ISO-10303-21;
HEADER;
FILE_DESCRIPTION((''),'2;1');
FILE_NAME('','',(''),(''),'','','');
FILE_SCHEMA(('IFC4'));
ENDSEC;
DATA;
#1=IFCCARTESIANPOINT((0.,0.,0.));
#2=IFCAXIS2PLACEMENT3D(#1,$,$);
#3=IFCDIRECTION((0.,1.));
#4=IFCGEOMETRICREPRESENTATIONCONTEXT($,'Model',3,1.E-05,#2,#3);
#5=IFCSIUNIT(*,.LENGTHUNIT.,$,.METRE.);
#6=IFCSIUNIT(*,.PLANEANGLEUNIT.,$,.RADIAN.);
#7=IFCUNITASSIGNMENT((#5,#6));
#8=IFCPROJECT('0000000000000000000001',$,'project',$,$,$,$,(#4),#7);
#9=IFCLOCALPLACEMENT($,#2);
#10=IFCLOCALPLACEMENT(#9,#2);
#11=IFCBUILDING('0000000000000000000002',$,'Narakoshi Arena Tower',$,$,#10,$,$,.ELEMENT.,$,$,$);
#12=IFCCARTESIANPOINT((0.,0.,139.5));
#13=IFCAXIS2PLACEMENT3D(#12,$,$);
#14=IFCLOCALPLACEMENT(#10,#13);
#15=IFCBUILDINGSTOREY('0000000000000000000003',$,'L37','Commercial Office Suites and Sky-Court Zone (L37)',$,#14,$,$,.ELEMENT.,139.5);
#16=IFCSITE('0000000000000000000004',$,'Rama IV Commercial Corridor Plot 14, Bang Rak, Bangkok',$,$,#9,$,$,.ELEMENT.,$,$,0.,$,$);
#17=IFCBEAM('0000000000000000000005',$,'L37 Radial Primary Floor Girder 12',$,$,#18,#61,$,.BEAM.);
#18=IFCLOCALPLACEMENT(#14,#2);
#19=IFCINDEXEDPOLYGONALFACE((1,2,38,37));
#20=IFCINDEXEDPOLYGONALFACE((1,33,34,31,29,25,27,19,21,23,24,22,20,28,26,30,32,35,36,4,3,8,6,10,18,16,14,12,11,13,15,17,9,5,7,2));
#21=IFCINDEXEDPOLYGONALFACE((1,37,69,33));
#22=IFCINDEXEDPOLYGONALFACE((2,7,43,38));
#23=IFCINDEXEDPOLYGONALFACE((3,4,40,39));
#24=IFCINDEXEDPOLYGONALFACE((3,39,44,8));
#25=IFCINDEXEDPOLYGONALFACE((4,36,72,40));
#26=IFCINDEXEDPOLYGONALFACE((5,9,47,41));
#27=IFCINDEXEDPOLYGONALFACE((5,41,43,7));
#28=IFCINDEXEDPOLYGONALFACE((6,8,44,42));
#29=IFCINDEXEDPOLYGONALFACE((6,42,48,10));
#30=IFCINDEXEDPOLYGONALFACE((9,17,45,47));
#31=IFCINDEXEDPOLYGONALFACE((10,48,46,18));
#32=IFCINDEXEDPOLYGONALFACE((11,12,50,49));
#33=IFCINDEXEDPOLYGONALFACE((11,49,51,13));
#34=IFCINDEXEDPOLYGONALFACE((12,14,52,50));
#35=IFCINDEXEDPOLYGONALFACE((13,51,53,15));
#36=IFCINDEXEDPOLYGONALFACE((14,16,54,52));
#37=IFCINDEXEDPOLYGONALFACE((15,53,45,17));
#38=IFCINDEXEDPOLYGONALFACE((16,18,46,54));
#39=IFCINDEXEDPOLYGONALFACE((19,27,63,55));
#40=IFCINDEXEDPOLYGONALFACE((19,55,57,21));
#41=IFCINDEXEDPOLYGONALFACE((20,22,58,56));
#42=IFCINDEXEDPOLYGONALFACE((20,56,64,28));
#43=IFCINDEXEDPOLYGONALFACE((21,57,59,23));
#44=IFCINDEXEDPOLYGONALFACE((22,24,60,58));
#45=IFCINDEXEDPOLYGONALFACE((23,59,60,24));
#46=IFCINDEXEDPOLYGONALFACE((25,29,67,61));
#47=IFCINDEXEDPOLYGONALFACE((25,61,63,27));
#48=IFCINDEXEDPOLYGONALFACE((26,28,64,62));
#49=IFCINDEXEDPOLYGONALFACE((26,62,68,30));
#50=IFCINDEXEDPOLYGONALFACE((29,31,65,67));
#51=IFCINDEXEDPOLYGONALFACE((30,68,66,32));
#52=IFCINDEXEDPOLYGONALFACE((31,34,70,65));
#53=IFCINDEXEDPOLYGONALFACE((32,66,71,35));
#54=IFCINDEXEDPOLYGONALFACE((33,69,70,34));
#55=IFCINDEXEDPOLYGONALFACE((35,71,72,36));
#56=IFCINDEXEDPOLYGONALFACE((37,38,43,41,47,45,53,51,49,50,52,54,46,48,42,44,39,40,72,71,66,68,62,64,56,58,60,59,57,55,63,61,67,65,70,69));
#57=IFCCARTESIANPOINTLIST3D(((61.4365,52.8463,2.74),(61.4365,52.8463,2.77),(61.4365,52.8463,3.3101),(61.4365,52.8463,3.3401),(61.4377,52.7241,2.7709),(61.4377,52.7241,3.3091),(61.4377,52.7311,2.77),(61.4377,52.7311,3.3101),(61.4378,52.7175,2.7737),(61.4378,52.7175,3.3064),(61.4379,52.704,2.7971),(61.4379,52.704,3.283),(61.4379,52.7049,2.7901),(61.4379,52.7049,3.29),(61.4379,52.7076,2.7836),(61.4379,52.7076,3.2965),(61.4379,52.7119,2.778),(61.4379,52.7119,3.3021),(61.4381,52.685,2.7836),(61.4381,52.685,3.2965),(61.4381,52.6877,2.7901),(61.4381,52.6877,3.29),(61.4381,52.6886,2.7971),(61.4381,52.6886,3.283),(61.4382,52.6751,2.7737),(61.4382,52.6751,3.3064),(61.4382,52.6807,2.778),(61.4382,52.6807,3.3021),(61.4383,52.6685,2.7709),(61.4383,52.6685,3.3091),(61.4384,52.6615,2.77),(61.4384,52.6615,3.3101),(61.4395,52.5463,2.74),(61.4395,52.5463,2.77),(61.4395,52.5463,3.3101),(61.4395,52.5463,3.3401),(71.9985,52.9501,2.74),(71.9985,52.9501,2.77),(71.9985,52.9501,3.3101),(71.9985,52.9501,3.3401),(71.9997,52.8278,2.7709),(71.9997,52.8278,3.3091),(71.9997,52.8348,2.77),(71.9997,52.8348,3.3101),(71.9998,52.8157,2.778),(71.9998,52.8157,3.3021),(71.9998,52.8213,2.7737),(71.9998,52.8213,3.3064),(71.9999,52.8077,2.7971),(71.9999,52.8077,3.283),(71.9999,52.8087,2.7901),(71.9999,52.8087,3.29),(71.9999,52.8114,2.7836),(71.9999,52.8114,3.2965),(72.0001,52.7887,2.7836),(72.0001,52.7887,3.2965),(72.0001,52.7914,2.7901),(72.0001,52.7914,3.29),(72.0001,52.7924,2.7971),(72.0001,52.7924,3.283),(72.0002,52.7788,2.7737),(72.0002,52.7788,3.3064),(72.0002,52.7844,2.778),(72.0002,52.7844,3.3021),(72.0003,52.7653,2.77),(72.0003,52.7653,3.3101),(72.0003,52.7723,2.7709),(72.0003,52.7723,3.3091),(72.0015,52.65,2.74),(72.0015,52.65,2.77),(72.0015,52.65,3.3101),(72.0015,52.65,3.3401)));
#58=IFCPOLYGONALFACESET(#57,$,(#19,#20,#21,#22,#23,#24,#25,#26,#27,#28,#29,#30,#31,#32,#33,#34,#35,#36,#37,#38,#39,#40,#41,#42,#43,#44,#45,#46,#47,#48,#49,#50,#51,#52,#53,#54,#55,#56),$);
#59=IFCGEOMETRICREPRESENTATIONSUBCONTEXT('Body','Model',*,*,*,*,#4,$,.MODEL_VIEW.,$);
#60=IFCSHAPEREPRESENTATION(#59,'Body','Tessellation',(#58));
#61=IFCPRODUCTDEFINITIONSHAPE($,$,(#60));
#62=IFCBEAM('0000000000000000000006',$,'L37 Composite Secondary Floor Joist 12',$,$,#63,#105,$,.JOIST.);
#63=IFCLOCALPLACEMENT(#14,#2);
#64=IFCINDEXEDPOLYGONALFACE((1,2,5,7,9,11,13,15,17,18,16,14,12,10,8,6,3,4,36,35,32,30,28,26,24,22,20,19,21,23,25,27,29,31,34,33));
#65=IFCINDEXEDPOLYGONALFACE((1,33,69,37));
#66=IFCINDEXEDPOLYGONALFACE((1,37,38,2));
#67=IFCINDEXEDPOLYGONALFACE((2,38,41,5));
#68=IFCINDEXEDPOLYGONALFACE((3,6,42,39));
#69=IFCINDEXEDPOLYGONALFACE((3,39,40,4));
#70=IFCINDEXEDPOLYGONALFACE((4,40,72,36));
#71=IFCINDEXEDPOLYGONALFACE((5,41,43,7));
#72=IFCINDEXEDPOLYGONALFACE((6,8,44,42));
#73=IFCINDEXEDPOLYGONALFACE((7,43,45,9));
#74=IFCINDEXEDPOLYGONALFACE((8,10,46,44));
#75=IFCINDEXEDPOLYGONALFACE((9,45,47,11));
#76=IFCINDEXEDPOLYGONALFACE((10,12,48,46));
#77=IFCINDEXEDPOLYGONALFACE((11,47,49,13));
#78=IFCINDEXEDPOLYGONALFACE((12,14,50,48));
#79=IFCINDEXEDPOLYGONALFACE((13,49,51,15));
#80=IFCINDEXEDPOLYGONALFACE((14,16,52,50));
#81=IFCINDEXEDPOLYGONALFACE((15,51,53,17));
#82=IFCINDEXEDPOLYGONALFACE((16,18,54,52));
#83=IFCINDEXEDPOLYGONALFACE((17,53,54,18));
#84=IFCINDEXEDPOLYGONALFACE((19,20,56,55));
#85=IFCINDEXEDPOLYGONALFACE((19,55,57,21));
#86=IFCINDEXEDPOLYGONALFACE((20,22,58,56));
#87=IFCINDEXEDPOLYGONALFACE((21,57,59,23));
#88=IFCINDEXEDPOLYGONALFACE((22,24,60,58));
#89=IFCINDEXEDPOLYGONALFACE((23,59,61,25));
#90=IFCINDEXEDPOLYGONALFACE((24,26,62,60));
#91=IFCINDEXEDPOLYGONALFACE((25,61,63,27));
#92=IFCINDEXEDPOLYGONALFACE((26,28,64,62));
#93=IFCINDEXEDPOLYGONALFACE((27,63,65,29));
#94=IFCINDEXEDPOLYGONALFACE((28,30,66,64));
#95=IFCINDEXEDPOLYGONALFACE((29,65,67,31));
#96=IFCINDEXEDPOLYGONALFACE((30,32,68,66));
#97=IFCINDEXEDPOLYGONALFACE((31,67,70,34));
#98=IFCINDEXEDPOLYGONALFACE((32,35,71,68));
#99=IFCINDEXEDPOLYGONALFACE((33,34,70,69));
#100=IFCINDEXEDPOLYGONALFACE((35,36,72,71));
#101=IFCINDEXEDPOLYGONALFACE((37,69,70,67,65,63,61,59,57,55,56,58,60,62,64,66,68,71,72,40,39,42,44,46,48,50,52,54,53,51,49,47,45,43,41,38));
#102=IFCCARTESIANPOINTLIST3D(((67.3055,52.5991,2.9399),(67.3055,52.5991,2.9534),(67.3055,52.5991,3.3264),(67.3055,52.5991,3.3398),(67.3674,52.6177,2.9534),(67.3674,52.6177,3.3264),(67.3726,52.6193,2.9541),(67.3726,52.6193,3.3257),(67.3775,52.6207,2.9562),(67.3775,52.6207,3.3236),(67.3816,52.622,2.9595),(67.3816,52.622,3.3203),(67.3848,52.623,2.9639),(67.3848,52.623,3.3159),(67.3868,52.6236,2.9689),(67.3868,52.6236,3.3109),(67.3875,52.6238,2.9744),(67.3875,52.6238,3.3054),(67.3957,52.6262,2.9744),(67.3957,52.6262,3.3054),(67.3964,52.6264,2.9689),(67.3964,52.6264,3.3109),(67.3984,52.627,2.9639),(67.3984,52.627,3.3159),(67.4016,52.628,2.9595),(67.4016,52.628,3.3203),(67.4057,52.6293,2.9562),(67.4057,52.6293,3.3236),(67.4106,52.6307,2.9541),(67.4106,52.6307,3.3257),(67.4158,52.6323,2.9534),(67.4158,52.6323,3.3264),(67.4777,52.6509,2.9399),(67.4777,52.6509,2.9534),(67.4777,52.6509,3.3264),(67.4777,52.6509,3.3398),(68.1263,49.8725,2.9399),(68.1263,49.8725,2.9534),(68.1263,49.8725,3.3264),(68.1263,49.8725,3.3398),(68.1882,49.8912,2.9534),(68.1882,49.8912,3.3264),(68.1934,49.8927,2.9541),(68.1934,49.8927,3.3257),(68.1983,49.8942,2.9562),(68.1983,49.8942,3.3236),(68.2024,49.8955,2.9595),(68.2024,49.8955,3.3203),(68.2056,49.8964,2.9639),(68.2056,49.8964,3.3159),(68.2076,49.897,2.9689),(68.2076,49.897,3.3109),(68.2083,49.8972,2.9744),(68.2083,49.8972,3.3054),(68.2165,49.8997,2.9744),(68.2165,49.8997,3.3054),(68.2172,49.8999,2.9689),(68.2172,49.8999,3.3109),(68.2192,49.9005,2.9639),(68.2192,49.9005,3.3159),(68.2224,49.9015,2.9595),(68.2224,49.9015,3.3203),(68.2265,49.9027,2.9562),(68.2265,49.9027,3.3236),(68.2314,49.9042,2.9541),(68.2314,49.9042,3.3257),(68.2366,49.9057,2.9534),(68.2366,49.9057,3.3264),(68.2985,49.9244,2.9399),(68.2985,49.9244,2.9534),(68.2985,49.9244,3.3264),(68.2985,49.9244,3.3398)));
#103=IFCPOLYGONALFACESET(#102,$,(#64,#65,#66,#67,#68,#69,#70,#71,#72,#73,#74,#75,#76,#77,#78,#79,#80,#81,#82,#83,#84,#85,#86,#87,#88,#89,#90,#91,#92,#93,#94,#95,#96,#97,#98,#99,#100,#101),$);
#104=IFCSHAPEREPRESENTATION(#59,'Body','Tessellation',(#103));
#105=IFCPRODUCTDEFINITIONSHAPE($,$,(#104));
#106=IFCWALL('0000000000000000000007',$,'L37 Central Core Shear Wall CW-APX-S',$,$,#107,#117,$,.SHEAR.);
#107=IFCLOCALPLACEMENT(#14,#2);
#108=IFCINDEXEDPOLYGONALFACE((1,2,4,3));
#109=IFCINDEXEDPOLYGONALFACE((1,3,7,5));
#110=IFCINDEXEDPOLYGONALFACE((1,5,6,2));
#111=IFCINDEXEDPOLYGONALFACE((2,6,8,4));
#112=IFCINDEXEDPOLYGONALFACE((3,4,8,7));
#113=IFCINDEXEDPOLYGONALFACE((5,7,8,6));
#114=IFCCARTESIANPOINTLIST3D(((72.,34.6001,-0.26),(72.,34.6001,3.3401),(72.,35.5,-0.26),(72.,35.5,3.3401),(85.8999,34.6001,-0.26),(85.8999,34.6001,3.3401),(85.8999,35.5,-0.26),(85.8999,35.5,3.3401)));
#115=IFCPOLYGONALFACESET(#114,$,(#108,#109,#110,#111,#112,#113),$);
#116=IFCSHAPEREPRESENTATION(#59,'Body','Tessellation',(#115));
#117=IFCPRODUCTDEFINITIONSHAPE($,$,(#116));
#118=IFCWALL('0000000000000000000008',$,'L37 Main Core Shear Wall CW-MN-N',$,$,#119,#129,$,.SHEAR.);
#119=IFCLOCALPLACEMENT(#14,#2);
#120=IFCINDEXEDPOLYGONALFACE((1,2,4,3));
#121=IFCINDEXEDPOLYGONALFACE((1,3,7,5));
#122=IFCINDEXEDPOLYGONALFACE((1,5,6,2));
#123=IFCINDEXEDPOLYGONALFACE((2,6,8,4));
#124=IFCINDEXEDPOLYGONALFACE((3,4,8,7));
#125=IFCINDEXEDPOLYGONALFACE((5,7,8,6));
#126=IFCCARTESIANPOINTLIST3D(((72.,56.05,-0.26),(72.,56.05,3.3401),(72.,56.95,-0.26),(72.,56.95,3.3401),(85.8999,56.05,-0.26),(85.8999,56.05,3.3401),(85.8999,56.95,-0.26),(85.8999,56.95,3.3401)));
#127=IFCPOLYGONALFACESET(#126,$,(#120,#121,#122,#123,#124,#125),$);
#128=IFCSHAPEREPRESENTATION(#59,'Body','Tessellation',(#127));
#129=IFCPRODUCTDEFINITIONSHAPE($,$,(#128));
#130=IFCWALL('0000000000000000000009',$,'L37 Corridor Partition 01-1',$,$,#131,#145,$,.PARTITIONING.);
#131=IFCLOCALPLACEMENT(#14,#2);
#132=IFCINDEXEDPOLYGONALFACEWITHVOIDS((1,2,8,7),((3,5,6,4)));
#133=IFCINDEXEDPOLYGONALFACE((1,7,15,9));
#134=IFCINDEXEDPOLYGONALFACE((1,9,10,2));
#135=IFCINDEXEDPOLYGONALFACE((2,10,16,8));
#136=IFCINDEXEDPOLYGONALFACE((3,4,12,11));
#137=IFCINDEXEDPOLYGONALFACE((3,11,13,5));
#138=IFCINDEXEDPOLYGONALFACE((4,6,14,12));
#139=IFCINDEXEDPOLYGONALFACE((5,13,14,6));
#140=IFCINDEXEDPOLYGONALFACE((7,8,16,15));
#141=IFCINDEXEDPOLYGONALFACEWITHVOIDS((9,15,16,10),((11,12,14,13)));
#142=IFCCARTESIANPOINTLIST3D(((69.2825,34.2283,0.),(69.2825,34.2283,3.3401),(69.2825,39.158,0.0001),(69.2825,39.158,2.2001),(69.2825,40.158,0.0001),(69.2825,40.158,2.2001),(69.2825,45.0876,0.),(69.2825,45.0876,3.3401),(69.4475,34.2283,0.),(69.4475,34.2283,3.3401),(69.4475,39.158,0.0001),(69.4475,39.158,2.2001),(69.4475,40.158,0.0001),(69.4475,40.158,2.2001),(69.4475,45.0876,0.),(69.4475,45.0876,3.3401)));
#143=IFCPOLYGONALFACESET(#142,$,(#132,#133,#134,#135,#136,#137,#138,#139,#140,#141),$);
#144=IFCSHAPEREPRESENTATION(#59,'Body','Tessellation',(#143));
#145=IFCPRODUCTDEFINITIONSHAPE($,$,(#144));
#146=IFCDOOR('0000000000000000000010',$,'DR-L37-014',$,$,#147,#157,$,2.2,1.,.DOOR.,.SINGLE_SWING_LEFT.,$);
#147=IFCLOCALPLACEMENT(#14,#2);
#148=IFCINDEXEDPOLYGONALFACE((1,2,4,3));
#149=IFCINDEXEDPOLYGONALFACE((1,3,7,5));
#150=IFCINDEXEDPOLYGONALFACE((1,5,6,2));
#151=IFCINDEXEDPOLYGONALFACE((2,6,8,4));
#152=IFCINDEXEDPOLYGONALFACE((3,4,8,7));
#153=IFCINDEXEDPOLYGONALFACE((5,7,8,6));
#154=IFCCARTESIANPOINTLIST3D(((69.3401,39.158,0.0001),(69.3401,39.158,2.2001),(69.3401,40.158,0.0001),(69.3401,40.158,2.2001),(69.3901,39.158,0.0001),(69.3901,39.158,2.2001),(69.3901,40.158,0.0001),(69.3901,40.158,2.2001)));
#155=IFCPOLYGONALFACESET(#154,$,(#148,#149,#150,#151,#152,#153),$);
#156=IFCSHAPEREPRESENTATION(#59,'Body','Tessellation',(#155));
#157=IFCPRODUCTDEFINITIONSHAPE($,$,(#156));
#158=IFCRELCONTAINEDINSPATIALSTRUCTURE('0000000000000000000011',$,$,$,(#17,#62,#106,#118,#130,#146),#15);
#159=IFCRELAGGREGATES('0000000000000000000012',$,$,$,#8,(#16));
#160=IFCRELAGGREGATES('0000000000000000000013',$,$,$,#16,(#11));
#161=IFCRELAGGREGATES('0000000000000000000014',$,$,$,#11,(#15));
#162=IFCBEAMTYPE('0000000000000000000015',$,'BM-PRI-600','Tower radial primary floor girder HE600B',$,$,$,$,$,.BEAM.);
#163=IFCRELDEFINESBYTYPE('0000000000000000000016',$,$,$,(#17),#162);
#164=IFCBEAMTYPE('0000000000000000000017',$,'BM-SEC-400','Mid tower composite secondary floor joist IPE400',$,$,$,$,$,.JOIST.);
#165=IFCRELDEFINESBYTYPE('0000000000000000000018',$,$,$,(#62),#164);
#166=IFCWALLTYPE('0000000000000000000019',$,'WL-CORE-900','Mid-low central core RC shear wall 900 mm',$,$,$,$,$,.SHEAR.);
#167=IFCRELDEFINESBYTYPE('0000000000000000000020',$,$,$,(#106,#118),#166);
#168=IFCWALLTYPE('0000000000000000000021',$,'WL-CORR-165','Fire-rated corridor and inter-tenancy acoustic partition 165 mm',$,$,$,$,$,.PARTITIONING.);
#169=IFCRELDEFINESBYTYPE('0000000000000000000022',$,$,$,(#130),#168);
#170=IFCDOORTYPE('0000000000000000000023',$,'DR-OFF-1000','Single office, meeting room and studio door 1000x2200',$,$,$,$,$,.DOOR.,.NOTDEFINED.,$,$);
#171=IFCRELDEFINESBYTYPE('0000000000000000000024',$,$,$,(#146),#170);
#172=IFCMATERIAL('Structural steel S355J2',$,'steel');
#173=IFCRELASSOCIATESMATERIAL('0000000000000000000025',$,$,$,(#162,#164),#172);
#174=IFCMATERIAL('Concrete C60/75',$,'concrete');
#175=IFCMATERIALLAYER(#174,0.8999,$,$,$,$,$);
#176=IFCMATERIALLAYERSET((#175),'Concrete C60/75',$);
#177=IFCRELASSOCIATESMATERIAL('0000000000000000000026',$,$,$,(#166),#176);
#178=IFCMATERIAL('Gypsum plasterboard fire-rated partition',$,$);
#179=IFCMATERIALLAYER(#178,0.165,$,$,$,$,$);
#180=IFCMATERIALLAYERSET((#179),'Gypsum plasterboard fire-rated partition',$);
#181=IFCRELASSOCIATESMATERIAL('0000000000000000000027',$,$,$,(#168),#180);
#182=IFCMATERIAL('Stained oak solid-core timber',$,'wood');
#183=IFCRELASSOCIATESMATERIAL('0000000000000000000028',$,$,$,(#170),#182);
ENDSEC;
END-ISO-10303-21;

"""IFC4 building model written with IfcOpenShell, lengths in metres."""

from ifc_helpers import new_model, si_unit, direction, frame, frame_2d, origin, origin_2d, place, context, subcontext, project, spatial, rectangle, i_section, extrude, material, layer, layer_set, material_profile, profile_set, type_object, element, fill, save


model = new_model("IFC4")

# Units and contexts
model_context = context("Model", 3, precision=1e-05, world=origin(), true_north=direction((0.0, 1.0)))
body_context = subcontext(model_context, "Body", "Model", "MODEL_VIEW")
ifc_project = project(units=[si_unit("LENGTHUNIT", "METRE"), si_unit("PLANEANGLEUNIT", "RADIAN")], contexts=[model_context])

# Site, building, storey
site_placement = place(None, origin())
site = spatial("IfcSite", under=ifc_project, at=site_placement, Name="Rama IV Commercial Corridor Plot 14, Bang Rak, Bangkok", CompositionType="ELEMENT", RefElevation=0.0)
building_placement = place(site_placement, origin())
building = spatial("IfcBuilding", under=site, at=building_placement, Name="Narakoshi Arena Tower", CompositionType="ELEMENT")
storey_placement = place(building_placement, frame((0.0, 0.0, 139.5)))
storey = spatial("IfcBuildingStorey", under=building, at=storey_placement, Name="L37", Description="Commercial Office Suites and Sky-Court Zone (L37)", CompositionType="ELEMENT", Elevation=139.5)

# Shared definitions
ifc_material_1 = material(Name="Concrete C60/75", Category="concrete")

# Beams
ifc_material_2 = material(Name="Structural steel S355J2", Category="steel")
ifc_material_profile_1 = material_profile(ifc_material_2, i_section(OverallWidth=0.3, OverallDepth=0.6001, WebThickness=0.0154, FlangeThickness=0.03, FilletRadius=0.0271, at=origin_2d()), Name="HE600B")
ifc_profile_set_1 = profile_set([ifc_material_profile_1], Name="Structural steel S355J2")
beam_type_1 = type_object("IfcBeamType", Name="BM-PRI-600", Description="Tower radial primary floor girder HE600B", PredefinedType="BEAM", material=ifc_profile_set_1)
beam_1_placement = place(storey_placement, frame((72.0, 52.8, 3.04), z_axis=(-0.999952, -0.009823, 0.0), x_axis=(0.009823, -0.999952, 0.0)))
element("IfcBeam", 1, at=beam_1_placement, inside=storey, type_object=beam_type_1, Name="L37 Radial Primary Floor Girder 12", PredefinedType="BEAM", context=body_context, shape_type="SweptSolid", body=[
    extrude(i_section(OverallWidth=0.3, OverallDepth=0.6001, WebThickness=0.0154, FlangeThickness=0.03, FilletRadius=0.0271, at=origin_2d()), origin(), (0.0, 0.0, 1.0), 10.5625),
])
ifc_material_profile_2 = material_profile(ifc_material_2, i_section(OverallWidth=0.1799, OverallDepth=0.3999, WebThickness=0.0085, FlangeThickness=0.0134, FilletRadius=0.021, at=origin_2d()), Name="IPE400")
ifc_profile_set_2 = profile_set([ifc_material_profile_2], Name="Structural steel S355J2")
beam_type_2 = type_object("IfcBeamType", Name="BM-SEC-400", Description="Mid tower composite secondary floor joist IPE400", PredefinedType="JOIST", material=ifc_profile_set_2)
beam_2_placement = place(storey_placement, frame((67.3916, 52.625, 3.1399), z_axis=(0.28826, -0.957552, 0.0), x_axis=(0.957552, 0.28826, 0.0)))
element("IfcBeam", 2, at=beam_2_placement, inside=storey, type_object=beam_type_2, Name="L37 Composite Secondary Floor Joist 12", PredefinedType="JOIST", context=body_context, shape_type="SweptSolid", body=[
    extrude(i_section(OverallWidth=0.1799, OverallDepth=0.3999, WebThickness=0.0085, FlangeThickness=0.0134, FilletRadius=0.021, at=origin_2d()), origin(), (0.0, 0.0, 1.0), 2.8474),
])

# Walls
ifc_layer_1 = layer(ifc_material_1, 0.8999)
ifc_layer_set_1 = layer_set([ifc_layer_1], Name="Concrete C60/75")
wall_type_1 = type_object("IfcWallType", Name="WL-CORE-900", Description="Mid-low central core RC shear wall 900 mm", PredefinedType="SHEAR", material=ifc_layer_set_1)
for number, where, z_axis, x_axis, name in (
    (3, (72.0, 35.05, -0.26), (0.0, 0.0, 1.0), (1.0, 0.0, 0.0), "L37 Central Core Shear Wall CW-APX-S"),
    (4, (72.0, 56.5, -0.26), (0.0, 0.0, 1.0), (1.0, 0.0, 0.0), "L37 Main Core Shear Wall CW-MN-N"),
):
    element("IfcWall", number, at=place(storey_placement, frame(where, z_axis=z_axis, x_axis=x_axis)), inside=storey, type_object=wall_type_1, Name=name, PredefinedType="SHEAR", context=body_context, shape_type="SweptSolid", body=[
        extrude(rectangle(XDim=13.8999, YDim=0.8999, at=frame_2d((6.95, 0.0))), origin(), (0.0, 0.0, 1.0), 3.6001),
    ])

# Wall, opening, door
ifc_material_3 = material(Name="Gypsum plasterboard fire-rated partition")
ifc_layer_2 = layer(ifc_material_3, 0.165)
ifc_layer_set_2 = layer_set([ifc_layer_2], Name="Gypsum plasterboard fire-rated partition")
wall_type_2 = type_object("IfcWallType", Name="WL-CORR-165", Description="Fire-rated corridor and inter-tenancy acoustic partition 165 mm", PredefinedType="PARTITIONING", material=ifc_layer_set_2)
wall_1_placement = place(storey_placement, frame((69.365, 45.0876, 0.0), z_axis=(0.0, 0.0, 1.0), x_axis=(0.0, -1.0, 0.0)))
wall_1 = element("IfcWall", 5, at=wall_1_placement, inside=storey, type_object=wall_type_2, Name="L37 Corridor Partition 01-1", PredefinedType="PARTITIONING", context=body_context, shape_type="SweptSolid", body=[
    extrude(rectangle(XDim=10.8594, YDim=0.165, at=frame_2d((5.4297, 0.0))), origin(), (0.0, 0.0, 1.0), 3.3401),
])
opening_1_placement = place(wall_1_placement, frame((4.9297, 0.0, 0.0)))
opening_1 = element("IfcOpeningElement", 6, at=opening_1_placement, cuts=wall_1, PredefinedType="OPENING", context=body_context, shape_type="SweptSolid", body=[
    extrude(rectangle(XDim=1.0, YDim=2.2, at=frame_2d((0.5, 1.1001))), frame((0.0, 0.0925, 0.0), z_axis=(0.0, -1.0, 0.0), x_axis=(1.0, 0.0, 0.0)), (0.0, 0.0, 1.0), 0.1851),
])
ifc_material_4 = material(Name="Stained oak solid-core timber", Category="wood")
door_type = type_object("IfcDoorType", Name="DR-OFF-1000", Description="Single office, meeting room and studio door 1000x2200", OperationType="NOTDEFINED", PredefinedType="DOOR", material=ifc_material_4)
door_1_placement = place(opening_1_placement, frame((1.0, 0.0, 0.0), z_axis=(0.0, 0.0, 1.0), x_axis=(-1.0, 0.0, 0.0)))
door_1 = element("IfcDoor", 7, at=door_1_placement, inside=storey, type_object=door_type, Name="DR-L37-014", OperationType="SINGLE_SWING_LEFT", OverallHeight=2.2, OverallWidth=1.0, PredefinedType="DOOR", context=body_context, shape_type="SweptSolid", body=[
    extrude(rectangle(XDim=1.0, YDim=2.2, at=frame_2d((0.5, 1.1001))), frame((0.0, 0.0249, 0.0), z_axis=(0.0, -1.0, 0.0), x_axis=(1.0, 0.0, 0.0)), (0.0, 0.0, 1.0), 0.05),
])
fill(opening_1, door_1)

save(model, "model.ifc")
